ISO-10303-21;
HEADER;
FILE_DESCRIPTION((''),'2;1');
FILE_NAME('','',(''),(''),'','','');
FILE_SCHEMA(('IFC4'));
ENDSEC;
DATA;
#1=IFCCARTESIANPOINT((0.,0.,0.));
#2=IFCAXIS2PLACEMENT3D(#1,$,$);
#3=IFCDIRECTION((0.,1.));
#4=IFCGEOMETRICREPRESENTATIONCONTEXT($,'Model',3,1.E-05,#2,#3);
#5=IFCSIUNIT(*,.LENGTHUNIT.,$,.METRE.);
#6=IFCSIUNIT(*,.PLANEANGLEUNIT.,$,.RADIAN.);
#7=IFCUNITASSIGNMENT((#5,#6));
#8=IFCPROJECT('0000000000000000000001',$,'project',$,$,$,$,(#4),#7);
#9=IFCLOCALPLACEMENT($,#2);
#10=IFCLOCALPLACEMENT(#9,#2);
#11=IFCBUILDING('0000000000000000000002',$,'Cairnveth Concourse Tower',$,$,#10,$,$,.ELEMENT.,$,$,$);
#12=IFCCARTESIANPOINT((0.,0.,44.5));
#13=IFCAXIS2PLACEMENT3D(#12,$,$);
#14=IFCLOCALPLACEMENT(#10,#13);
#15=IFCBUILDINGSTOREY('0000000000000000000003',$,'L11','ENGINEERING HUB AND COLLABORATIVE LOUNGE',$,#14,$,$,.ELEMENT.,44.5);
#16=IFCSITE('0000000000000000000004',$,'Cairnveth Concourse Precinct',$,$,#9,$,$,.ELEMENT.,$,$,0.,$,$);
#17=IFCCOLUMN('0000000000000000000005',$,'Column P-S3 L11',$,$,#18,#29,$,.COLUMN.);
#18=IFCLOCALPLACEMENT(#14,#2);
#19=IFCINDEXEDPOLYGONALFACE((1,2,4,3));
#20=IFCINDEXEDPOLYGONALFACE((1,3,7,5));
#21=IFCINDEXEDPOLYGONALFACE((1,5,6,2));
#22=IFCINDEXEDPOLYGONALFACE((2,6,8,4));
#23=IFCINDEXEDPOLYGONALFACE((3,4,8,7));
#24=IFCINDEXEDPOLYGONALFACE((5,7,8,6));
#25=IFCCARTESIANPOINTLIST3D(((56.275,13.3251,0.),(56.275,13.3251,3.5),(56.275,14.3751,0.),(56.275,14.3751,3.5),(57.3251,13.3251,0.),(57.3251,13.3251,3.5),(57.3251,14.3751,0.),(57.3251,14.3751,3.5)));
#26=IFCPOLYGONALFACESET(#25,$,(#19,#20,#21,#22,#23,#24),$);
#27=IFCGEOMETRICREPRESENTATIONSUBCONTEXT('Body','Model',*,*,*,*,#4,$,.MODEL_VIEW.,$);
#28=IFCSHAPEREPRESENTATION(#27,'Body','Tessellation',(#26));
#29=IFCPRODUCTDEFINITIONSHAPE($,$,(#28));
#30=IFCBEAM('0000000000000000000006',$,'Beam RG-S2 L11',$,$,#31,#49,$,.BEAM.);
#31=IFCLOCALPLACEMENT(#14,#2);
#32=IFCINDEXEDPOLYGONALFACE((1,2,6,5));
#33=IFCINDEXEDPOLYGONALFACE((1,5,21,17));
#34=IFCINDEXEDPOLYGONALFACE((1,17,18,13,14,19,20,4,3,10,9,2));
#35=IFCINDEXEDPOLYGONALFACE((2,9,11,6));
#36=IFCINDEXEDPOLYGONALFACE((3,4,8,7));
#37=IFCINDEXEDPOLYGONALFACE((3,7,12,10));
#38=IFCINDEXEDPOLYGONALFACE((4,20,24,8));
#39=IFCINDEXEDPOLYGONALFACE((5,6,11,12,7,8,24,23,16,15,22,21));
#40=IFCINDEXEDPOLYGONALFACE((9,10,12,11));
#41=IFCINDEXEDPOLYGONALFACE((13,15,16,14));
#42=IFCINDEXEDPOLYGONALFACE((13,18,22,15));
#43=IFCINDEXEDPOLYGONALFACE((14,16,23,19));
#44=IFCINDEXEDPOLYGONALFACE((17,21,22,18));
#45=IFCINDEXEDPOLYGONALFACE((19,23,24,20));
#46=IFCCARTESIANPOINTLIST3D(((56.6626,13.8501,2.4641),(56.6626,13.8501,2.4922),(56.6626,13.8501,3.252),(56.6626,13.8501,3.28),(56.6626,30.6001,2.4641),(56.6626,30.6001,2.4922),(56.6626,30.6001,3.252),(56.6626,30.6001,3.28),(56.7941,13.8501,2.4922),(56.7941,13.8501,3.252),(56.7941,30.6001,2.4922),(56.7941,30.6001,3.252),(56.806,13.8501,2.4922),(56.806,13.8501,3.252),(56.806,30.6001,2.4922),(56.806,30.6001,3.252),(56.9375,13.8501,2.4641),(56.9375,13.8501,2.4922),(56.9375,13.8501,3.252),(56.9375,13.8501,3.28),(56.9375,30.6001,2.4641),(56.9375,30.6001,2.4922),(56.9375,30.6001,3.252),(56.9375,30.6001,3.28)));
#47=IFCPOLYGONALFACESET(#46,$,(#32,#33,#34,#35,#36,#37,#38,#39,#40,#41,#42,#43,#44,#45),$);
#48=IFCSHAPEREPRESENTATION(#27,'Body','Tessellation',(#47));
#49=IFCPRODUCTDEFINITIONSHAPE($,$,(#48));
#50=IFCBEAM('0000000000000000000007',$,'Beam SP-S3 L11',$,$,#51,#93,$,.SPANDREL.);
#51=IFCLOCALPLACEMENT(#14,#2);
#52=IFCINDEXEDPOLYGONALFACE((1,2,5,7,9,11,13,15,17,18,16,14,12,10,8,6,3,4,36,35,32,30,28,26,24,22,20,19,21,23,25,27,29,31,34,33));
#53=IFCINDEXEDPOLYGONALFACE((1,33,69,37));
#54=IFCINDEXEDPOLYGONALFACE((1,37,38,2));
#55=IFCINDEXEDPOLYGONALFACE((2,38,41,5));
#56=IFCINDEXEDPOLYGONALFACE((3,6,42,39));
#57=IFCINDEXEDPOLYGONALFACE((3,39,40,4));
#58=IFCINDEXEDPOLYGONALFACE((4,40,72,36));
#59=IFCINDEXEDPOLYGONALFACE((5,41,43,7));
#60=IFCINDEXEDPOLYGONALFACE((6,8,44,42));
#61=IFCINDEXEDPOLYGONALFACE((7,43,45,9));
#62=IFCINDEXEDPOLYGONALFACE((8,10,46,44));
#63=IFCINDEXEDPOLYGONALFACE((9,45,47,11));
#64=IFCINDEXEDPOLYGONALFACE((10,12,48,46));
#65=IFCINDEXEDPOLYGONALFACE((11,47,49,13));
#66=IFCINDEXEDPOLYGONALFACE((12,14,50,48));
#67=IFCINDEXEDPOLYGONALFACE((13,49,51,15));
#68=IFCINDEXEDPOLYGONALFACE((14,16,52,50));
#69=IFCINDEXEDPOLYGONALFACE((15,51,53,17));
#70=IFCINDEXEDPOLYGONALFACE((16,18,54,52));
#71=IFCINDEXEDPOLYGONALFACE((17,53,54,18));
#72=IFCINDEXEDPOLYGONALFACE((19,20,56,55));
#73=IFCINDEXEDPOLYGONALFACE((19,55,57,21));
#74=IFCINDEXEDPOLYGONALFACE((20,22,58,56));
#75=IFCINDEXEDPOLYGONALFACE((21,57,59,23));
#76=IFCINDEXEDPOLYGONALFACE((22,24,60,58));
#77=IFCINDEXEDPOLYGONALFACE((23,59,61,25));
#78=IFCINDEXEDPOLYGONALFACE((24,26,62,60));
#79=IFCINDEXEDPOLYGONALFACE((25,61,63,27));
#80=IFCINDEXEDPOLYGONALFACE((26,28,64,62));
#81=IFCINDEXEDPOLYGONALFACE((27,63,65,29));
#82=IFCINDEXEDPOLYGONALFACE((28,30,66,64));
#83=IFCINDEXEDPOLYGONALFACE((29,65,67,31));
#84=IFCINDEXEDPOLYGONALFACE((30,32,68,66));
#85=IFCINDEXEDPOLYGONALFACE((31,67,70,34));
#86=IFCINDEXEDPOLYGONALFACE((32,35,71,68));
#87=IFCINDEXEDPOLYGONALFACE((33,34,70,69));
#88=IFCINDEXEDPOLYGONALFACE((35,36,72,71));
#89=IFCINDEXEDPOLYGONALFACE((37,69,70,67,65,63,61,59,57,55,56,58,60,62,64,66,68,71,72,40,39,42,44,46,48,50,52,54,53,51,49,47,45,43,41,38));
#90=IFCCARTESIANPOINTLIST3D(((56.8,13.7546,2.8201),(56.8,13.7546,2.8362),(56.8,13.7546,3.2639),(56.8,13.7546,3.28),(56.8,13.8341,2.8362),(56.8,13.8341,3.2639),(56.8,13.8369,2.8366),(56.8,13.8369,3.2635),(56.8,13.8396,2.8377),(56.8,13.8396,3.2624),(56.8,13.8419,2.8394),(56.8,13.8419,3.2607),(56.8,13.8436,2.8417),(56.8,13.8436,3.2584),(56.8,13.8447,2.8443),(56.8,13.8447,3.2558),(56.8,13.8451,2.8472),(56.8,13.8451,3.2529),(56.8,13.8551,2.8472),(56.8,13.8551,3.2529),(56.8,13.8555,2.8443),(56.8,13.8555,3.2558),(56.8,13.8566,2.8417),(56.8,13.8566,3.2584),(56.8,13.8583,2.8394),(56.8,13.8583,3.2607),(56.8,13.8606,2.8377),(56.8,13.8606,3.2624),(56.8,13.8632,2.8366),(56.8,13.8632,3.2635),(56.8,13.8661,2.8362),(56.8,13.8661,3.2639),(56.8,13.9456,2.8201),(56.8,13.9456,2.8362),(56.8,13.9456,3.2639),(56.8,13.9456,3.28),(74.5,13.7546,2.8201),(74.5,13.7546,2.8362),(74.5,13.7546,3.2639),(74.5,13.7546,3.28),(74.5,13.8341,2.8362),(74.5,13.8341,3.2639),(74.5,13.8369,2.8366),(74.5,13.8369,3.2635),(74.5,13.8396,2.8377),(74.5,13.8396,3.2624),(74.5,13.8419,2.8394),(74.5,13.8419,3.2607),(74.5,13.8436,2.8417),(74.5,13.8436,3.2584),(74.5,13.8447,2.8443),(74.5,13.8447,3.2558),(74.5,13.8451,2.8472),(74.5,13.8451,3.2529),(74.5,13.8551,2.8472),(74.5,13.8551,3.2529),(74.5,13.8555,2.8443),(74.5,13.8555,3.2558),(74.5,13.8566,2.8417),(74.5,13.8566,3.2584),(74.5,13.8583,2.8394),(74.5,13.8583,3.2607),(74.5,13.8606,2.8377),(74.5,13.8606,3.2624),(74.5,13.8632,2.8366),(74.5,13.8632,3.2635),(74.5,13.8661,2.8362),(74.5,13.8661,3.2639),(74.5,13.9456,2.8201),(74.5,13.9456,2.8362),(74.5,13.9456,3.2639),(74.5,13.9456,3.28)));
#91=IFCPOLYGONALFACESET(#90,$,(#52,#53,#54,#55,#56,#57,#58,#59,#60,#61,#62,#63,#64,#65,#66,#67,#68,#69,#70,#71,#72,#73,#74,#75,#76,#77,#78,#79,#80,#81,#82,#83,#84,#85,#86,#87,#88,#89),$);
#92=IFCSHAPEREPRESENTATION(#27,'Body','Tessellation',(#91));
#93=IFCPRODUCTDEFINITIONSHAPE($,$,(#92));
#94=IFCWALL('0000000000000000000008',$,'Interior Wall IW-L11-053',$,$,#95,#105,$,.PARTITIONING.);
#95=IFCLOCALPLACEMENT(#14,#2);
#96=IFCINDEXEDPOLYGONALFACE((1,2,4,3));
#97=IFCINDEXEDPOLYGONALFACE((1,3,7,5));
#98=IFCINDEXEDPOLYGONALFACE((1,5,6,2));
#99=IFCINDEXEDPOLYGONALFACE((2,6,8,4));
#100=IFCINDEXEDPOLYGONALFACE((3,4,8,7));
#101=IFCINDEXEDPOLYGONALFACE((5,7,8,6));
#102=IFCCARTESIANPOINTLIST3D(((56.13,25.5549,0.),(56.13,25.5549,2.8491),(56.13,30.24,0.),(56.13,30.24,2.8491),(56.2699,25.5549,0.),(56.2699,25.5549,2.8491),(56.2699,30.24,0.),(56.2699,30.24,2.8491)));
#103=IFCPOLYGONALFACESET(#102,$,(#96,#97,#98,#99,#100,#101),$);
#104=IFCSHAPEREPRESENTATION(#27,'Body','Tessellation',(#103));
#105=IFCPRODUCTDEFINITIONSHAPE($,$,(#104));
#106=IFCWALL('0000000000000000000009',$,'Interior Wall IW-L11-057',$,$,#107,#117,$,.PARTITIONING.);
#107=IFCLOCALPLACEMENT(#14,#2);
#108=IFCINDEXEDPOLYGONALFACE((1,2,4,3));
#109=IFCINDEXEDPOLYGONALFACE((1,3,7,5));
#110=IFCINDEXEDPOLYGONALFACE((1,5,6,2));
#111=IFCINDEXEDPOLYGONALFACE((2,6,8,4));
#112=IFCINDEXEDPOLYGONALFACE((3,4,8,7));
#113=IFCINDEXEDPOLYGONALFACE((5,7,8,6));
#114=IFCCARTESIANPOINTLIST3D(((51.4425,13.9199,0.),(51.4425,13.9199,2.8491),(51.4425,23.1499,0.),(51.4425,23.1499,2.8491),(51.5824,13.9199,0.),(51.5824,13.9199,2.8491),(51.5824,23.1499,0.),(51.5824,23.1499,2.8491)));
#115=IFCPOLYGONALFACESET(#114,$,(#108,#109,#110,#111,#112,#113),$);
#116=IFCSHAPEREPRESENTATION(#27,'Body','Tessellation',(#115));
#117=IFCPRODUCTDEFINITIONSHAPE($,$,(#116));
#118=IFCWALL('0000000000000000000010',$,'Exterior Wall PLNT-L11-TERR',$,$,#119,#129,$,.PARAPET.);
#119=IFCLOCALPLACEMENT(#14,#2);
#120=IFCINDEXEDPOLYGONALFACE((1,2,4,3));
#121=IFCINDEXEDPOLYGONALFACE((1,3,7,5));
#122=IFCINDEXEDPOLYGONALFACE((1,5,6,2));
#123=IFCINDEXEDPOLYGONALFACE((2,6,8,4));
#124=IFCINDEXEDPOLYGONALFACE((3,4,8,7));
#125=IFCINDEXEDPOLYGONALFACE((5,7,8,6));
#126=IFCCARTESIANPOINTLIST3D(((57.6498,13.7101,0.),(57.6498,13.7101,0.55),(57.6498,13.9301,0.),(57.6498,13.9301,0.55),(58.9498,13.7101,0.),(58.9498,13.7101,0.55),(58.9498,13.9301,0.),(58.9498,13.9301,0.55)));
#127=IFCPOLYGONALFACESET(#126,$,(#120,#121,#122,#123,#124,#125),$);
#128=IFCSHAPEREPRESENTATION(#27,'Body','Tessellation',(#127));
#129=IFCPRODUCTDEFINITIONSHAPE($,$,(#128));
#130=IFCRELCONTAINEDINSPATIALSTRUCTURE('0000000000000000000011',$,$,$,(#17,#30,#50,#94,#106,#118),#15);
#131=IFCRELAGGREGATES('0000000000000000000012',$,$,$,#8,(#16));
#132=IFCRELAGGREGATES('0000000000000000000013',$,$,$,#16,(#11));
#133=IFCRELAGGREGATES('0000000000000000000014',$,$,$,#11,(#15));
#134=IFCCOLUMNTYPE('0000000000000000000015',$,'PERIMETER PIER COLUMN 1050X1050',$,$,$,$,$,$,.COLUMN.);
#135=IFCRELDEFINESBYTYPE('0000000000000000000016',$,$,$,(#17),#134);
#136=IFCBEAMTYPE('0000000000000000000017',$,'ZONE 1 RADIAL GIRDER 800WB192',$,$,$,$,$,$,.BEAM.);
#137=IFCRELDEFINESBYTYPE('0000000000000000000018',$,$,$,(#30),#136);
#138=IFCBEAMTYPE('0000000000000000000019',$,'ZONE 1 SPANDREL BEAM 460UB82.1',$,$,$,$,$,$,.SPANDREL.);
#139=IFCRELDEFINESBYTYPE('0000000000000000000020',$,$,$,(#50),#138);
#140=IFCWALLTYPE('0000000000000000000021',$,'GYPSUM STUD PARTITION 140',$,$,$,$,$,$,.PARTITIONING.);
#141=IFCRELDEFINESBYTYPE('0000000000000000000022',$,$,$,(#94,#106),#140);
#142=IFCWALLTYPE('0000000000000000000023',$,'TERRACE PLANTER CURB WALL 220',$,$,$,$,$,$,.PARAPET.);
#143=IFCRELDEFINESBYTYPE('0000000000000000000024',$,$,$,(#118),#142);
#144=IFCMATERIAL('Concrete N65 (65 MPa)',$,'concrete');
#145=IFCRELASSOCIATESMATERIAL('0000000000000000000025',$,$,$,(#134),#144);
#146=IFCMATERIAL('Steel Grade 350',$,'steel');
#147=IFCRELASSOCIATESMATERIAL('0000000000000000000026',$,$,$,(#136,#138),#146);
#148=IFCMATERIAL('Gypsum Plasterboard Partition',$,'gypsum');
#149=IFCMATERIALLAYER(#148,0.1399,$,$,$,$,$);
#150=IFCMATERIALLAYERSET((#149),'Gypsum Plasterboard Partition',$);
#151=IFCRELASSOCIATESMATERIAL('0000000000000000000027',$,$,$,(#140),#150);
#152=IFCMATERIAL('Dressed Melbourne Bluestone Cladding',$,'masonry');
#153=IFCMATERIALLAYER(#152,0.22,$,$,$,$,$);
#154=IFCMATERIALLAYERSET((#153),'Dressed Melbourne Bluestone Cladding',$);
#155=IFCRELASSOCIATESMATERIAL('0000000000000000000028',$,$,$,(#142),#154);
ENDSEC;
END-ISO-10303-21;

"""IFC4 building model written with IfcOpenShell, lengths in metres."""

from ifc_helpers import new_model, si_unit, direction, frame, frame_2d, origin, origin_2d, place, context, subcontext, project, spatial, rectangle, i_section, extrude, material, layer, layer_set, material_profile, profile_set, type_object, element, save


model = new_model("IFC4")

# Units and contexts
model_context = context("Model", 3, precision=1e-05, world=origin(), true_north=direction((0.0, 1.0)))
body_context = subcontext(model_context, "Body", "Model", "MODEL_VIEW")
ifc_project = project(units=[si_unit("LENGTHUNIT", "METRE"), si_unit("PLANEANGLEUNIT", "RADIAN")], contexts=[model_context])

# Site, building, storey
site_placement = place(None, origin())
site = spatial("IfcSite", under=ifc_project, at=site_placement, Name="Cairnveth Concourse Precinct", CompositionType="ELEMENT", RefElevation=0.0)
building_placement = place(site_placement, origin())
building = spatial("IfcBuilding", under=site, at=building_placement, Name="Cairnveth Concourse Tower", CompositionType="ELEMENT")
storey_placement = place(building_placement, frame((0.0, 0.0, 44.5)))
storey = spatial("IfcBuildingStorey", under=building, at=storey_placement, Name="L11", Description="ENGINEERING HUB AND COLLABORATIVE LOUNGE", CompositionType="ELEMENT", Elevation=44.5)

# Column
ifc_material_1 = material(Name="Concrete N65 (65 MPa)", Category="concrete")
ifc_material_profile_1 = material_profile(ifc_material_1, rectangle(XDim=1.05, YDim=1.05, at=origin_2d()), Name="RC-COL-1050x1050")
ifc_profile_set_1 = profile_set([ifc_material_profile_1], Name="Concrete N65 (65 MPa)")
column_type = type_object("IfcColumnType", Name="PERIMETER PIER COLUMN 1050X1050", PredefinedType="COLUMN", material=ifc_profile_set_1)
column_placement = place(storey_placement, frame((56.8, 13.8501, 0.0), z_axis=(0.0, 0.0, 1.0), x_axis=(1.0, 0.0, 0.0)))
element("IfcColumn", 1, at=column_placement, inside=storey, type_object=column_type, Name="Column P-S3 L11", PredefinedType="COLUMN", context=body_context, shape_type="SweptSolid", body=[
    extrude(rectangle(XDim=1.05, YDim=1.05, at=origin_2d()), origin(), (0.0, 0.0, 1.0), 3.5),
])

# Beams
ifc_material_2 = material(Name="Steel Grade 350", Category="steel")
ifc_material_profile_2 = material_profile(ifc_material_2, i_section(OverallWidth=0.2749, OverallDepth=0.8159, WebThickness=0.012, FlangeThickness=0.0281, at=origin_2d()), Name="800WB192")
ifc_profile_set_2 = profile_set([ifc_material_profile_2], Name="Steel Grade 350")
beam_type_1 = type_object("IfcBeamType", Name="ZONE 1 RADIAL GIRDER 800WB192", PredefinedType="BEAM", material=ifc_profile_set_2)
beam_1_placement = place(storey_placement, frame((56.8, 13.8501, 2.8721), z_axis=(0.0, 1.0, 0.0), x_axis=(-1.0, 0.0, 0.0)))
element("IfcBeam", 2, at=beam_1_placement, inside=storey, type_object=beam_type_1, Name="Beam RG-S2 L11", PredefinedType="BEAM", context=body_context, shape_type="SweptSolid", body=[
    extrude(i_section(OverallWidth=0.2749, OverallDepth=0.8159, WebThickness=0.012, FlangeThickness=0.0281, at=origin_2d()), origin(), (0.0, 0.0, 1.0), 16.75),
])
ifc_material_profile_3 = material_profile(ifc_material_2, i_section(OverallWidth=0.1909, OverallDepth=0.46, WebThickness=0.01, FlangeThickness=0.0161, FilletRadius=0.011, at=origin_2d()), Name="460UB82.1")
ifc_profile_set_3 = profile_set([ifc_material_profile_3], Name="Steel Grade 350")
beam_type_2 = type_object("IfcBeamType", Name="ZONE 1 SPANDREL BEAM 460UB82.1", PredefinedType="SPANDREL", material=ifc_profile_set_3)
beam_2_placement = place(storey_placement, frame((56.8, 13.8501, 3.05), z_axis=(1.0, 0.0, 0.0), x_axis=(0.0, 1.0, 0.0)))
element("IfcBeam", 3, at=beam_2_placement, inside=storey, type_object=beam_type_2, Name="Beam SP-S3 L11", PredefinedType="SPANDREL", context=body_context, shape_type="SweptSolid", body=[
    extrude(i_section(OverallWidth=0.1909, OverallDepth=0.46, WebThickness=0.01, FlangeThickness=0.0161, FilletRadius=0.011, at=origin_2d()), origin(), (0.0, 0.0, 1.0), 17.7),
])

# Walls
ifc_material_3 = material(Name="Gypsum Plasterboard Partition", Category="gypsum")
ifc_layer_1 = layer(ifc_material_3, 0.1399)
ifc_layer_set_1 = layer_set([ifc_layer_1], Name="Gypsum Plasterboard Partition")
wall_type_1 = type_object("IfcWallType", Name="GYPSUM STUD PARTITION 140", PredefinedType="PARTITIONING", material=ifc_layer_set_1)
wall_1_placement = place(storey_placement, frame((56.2, 25.5549, 0.0), z_axis=(0.0, 0.0, 1.0), x_axis=(0.0, 1.0, 0.0)))
element("IfcWall", 4, at=wall_1_placement, inside=storey, type_object=wall_type_1, Name="Interior Wall IW-L11-053", PredefinedType="PARTITIONING", context=body_context, shape_type="SweptSolid", body=[
    extrude(rectangle(XDim=4.6851, YDim=0.1399, at=frame_2d((2.3425, 0.0))), origin(), (0.0, 0.0, 1.0), 2.8491),
])
wall_2_placement = place(storey_placement, frame((51.5125, 13.9199, 0.0), z_axis=(0.0, 0.0, 1.0), x_axis=(0.0, 1.0, 0.0)))
element("IfcWall", 5, at=wall_2_placement, inside=storey, type_object=wall_type_1, Name="Interior Wall IW-L11-057", PredefinedType="PARTITIONING", context=body_context, shape_type="SweptSolid", body=[
    extrude(rectangle(XDim=9.23, YDim=0.1399, at=frame_2d((4.615, 0.0))), origin(), (0.0, 0.0, 1.0), 2.8491),
])
ifc_material_4 = material(Name="Dressed Melbourne Bluestone Cladding", Category="masonry")
ifc_layer_2 = layer(ifc_material_4, 0.22)
ifc_layer_set_2 = layer_set([ifc_layer_2], Name="Dressed Melbourne Bluestone Cladding")
wall_type_2 = type_object("IfcWallType", Name="TERRACE PLANTER CURB WALL 220", PredefinedType="PARAPET", material=ifc_layer_set_2)
wall_3_placement = place(storey_placement, frame((57.6499, 13.8201, 0.0), z_axis=(0.0, 0.0, 1.0), x_axis=(1.0, 0.0, 0.0)))
element("IfcWall", 6, at=wall_3_placement, inside=storey, type_object=wall_type_2, Name="Exterior Wall PLNT-L11-TERR", PredefinedType="PARAPET", context=body_context, shape_type="SweptSolid", body=[
    extrude(rectangle(XDim=1.3, YDim=0.22, at=frame_2d((0.6499, 0.0))), origin(), (0.0, 0.0, 1.0), 0.55),
])

save(model, "model.ifc")
